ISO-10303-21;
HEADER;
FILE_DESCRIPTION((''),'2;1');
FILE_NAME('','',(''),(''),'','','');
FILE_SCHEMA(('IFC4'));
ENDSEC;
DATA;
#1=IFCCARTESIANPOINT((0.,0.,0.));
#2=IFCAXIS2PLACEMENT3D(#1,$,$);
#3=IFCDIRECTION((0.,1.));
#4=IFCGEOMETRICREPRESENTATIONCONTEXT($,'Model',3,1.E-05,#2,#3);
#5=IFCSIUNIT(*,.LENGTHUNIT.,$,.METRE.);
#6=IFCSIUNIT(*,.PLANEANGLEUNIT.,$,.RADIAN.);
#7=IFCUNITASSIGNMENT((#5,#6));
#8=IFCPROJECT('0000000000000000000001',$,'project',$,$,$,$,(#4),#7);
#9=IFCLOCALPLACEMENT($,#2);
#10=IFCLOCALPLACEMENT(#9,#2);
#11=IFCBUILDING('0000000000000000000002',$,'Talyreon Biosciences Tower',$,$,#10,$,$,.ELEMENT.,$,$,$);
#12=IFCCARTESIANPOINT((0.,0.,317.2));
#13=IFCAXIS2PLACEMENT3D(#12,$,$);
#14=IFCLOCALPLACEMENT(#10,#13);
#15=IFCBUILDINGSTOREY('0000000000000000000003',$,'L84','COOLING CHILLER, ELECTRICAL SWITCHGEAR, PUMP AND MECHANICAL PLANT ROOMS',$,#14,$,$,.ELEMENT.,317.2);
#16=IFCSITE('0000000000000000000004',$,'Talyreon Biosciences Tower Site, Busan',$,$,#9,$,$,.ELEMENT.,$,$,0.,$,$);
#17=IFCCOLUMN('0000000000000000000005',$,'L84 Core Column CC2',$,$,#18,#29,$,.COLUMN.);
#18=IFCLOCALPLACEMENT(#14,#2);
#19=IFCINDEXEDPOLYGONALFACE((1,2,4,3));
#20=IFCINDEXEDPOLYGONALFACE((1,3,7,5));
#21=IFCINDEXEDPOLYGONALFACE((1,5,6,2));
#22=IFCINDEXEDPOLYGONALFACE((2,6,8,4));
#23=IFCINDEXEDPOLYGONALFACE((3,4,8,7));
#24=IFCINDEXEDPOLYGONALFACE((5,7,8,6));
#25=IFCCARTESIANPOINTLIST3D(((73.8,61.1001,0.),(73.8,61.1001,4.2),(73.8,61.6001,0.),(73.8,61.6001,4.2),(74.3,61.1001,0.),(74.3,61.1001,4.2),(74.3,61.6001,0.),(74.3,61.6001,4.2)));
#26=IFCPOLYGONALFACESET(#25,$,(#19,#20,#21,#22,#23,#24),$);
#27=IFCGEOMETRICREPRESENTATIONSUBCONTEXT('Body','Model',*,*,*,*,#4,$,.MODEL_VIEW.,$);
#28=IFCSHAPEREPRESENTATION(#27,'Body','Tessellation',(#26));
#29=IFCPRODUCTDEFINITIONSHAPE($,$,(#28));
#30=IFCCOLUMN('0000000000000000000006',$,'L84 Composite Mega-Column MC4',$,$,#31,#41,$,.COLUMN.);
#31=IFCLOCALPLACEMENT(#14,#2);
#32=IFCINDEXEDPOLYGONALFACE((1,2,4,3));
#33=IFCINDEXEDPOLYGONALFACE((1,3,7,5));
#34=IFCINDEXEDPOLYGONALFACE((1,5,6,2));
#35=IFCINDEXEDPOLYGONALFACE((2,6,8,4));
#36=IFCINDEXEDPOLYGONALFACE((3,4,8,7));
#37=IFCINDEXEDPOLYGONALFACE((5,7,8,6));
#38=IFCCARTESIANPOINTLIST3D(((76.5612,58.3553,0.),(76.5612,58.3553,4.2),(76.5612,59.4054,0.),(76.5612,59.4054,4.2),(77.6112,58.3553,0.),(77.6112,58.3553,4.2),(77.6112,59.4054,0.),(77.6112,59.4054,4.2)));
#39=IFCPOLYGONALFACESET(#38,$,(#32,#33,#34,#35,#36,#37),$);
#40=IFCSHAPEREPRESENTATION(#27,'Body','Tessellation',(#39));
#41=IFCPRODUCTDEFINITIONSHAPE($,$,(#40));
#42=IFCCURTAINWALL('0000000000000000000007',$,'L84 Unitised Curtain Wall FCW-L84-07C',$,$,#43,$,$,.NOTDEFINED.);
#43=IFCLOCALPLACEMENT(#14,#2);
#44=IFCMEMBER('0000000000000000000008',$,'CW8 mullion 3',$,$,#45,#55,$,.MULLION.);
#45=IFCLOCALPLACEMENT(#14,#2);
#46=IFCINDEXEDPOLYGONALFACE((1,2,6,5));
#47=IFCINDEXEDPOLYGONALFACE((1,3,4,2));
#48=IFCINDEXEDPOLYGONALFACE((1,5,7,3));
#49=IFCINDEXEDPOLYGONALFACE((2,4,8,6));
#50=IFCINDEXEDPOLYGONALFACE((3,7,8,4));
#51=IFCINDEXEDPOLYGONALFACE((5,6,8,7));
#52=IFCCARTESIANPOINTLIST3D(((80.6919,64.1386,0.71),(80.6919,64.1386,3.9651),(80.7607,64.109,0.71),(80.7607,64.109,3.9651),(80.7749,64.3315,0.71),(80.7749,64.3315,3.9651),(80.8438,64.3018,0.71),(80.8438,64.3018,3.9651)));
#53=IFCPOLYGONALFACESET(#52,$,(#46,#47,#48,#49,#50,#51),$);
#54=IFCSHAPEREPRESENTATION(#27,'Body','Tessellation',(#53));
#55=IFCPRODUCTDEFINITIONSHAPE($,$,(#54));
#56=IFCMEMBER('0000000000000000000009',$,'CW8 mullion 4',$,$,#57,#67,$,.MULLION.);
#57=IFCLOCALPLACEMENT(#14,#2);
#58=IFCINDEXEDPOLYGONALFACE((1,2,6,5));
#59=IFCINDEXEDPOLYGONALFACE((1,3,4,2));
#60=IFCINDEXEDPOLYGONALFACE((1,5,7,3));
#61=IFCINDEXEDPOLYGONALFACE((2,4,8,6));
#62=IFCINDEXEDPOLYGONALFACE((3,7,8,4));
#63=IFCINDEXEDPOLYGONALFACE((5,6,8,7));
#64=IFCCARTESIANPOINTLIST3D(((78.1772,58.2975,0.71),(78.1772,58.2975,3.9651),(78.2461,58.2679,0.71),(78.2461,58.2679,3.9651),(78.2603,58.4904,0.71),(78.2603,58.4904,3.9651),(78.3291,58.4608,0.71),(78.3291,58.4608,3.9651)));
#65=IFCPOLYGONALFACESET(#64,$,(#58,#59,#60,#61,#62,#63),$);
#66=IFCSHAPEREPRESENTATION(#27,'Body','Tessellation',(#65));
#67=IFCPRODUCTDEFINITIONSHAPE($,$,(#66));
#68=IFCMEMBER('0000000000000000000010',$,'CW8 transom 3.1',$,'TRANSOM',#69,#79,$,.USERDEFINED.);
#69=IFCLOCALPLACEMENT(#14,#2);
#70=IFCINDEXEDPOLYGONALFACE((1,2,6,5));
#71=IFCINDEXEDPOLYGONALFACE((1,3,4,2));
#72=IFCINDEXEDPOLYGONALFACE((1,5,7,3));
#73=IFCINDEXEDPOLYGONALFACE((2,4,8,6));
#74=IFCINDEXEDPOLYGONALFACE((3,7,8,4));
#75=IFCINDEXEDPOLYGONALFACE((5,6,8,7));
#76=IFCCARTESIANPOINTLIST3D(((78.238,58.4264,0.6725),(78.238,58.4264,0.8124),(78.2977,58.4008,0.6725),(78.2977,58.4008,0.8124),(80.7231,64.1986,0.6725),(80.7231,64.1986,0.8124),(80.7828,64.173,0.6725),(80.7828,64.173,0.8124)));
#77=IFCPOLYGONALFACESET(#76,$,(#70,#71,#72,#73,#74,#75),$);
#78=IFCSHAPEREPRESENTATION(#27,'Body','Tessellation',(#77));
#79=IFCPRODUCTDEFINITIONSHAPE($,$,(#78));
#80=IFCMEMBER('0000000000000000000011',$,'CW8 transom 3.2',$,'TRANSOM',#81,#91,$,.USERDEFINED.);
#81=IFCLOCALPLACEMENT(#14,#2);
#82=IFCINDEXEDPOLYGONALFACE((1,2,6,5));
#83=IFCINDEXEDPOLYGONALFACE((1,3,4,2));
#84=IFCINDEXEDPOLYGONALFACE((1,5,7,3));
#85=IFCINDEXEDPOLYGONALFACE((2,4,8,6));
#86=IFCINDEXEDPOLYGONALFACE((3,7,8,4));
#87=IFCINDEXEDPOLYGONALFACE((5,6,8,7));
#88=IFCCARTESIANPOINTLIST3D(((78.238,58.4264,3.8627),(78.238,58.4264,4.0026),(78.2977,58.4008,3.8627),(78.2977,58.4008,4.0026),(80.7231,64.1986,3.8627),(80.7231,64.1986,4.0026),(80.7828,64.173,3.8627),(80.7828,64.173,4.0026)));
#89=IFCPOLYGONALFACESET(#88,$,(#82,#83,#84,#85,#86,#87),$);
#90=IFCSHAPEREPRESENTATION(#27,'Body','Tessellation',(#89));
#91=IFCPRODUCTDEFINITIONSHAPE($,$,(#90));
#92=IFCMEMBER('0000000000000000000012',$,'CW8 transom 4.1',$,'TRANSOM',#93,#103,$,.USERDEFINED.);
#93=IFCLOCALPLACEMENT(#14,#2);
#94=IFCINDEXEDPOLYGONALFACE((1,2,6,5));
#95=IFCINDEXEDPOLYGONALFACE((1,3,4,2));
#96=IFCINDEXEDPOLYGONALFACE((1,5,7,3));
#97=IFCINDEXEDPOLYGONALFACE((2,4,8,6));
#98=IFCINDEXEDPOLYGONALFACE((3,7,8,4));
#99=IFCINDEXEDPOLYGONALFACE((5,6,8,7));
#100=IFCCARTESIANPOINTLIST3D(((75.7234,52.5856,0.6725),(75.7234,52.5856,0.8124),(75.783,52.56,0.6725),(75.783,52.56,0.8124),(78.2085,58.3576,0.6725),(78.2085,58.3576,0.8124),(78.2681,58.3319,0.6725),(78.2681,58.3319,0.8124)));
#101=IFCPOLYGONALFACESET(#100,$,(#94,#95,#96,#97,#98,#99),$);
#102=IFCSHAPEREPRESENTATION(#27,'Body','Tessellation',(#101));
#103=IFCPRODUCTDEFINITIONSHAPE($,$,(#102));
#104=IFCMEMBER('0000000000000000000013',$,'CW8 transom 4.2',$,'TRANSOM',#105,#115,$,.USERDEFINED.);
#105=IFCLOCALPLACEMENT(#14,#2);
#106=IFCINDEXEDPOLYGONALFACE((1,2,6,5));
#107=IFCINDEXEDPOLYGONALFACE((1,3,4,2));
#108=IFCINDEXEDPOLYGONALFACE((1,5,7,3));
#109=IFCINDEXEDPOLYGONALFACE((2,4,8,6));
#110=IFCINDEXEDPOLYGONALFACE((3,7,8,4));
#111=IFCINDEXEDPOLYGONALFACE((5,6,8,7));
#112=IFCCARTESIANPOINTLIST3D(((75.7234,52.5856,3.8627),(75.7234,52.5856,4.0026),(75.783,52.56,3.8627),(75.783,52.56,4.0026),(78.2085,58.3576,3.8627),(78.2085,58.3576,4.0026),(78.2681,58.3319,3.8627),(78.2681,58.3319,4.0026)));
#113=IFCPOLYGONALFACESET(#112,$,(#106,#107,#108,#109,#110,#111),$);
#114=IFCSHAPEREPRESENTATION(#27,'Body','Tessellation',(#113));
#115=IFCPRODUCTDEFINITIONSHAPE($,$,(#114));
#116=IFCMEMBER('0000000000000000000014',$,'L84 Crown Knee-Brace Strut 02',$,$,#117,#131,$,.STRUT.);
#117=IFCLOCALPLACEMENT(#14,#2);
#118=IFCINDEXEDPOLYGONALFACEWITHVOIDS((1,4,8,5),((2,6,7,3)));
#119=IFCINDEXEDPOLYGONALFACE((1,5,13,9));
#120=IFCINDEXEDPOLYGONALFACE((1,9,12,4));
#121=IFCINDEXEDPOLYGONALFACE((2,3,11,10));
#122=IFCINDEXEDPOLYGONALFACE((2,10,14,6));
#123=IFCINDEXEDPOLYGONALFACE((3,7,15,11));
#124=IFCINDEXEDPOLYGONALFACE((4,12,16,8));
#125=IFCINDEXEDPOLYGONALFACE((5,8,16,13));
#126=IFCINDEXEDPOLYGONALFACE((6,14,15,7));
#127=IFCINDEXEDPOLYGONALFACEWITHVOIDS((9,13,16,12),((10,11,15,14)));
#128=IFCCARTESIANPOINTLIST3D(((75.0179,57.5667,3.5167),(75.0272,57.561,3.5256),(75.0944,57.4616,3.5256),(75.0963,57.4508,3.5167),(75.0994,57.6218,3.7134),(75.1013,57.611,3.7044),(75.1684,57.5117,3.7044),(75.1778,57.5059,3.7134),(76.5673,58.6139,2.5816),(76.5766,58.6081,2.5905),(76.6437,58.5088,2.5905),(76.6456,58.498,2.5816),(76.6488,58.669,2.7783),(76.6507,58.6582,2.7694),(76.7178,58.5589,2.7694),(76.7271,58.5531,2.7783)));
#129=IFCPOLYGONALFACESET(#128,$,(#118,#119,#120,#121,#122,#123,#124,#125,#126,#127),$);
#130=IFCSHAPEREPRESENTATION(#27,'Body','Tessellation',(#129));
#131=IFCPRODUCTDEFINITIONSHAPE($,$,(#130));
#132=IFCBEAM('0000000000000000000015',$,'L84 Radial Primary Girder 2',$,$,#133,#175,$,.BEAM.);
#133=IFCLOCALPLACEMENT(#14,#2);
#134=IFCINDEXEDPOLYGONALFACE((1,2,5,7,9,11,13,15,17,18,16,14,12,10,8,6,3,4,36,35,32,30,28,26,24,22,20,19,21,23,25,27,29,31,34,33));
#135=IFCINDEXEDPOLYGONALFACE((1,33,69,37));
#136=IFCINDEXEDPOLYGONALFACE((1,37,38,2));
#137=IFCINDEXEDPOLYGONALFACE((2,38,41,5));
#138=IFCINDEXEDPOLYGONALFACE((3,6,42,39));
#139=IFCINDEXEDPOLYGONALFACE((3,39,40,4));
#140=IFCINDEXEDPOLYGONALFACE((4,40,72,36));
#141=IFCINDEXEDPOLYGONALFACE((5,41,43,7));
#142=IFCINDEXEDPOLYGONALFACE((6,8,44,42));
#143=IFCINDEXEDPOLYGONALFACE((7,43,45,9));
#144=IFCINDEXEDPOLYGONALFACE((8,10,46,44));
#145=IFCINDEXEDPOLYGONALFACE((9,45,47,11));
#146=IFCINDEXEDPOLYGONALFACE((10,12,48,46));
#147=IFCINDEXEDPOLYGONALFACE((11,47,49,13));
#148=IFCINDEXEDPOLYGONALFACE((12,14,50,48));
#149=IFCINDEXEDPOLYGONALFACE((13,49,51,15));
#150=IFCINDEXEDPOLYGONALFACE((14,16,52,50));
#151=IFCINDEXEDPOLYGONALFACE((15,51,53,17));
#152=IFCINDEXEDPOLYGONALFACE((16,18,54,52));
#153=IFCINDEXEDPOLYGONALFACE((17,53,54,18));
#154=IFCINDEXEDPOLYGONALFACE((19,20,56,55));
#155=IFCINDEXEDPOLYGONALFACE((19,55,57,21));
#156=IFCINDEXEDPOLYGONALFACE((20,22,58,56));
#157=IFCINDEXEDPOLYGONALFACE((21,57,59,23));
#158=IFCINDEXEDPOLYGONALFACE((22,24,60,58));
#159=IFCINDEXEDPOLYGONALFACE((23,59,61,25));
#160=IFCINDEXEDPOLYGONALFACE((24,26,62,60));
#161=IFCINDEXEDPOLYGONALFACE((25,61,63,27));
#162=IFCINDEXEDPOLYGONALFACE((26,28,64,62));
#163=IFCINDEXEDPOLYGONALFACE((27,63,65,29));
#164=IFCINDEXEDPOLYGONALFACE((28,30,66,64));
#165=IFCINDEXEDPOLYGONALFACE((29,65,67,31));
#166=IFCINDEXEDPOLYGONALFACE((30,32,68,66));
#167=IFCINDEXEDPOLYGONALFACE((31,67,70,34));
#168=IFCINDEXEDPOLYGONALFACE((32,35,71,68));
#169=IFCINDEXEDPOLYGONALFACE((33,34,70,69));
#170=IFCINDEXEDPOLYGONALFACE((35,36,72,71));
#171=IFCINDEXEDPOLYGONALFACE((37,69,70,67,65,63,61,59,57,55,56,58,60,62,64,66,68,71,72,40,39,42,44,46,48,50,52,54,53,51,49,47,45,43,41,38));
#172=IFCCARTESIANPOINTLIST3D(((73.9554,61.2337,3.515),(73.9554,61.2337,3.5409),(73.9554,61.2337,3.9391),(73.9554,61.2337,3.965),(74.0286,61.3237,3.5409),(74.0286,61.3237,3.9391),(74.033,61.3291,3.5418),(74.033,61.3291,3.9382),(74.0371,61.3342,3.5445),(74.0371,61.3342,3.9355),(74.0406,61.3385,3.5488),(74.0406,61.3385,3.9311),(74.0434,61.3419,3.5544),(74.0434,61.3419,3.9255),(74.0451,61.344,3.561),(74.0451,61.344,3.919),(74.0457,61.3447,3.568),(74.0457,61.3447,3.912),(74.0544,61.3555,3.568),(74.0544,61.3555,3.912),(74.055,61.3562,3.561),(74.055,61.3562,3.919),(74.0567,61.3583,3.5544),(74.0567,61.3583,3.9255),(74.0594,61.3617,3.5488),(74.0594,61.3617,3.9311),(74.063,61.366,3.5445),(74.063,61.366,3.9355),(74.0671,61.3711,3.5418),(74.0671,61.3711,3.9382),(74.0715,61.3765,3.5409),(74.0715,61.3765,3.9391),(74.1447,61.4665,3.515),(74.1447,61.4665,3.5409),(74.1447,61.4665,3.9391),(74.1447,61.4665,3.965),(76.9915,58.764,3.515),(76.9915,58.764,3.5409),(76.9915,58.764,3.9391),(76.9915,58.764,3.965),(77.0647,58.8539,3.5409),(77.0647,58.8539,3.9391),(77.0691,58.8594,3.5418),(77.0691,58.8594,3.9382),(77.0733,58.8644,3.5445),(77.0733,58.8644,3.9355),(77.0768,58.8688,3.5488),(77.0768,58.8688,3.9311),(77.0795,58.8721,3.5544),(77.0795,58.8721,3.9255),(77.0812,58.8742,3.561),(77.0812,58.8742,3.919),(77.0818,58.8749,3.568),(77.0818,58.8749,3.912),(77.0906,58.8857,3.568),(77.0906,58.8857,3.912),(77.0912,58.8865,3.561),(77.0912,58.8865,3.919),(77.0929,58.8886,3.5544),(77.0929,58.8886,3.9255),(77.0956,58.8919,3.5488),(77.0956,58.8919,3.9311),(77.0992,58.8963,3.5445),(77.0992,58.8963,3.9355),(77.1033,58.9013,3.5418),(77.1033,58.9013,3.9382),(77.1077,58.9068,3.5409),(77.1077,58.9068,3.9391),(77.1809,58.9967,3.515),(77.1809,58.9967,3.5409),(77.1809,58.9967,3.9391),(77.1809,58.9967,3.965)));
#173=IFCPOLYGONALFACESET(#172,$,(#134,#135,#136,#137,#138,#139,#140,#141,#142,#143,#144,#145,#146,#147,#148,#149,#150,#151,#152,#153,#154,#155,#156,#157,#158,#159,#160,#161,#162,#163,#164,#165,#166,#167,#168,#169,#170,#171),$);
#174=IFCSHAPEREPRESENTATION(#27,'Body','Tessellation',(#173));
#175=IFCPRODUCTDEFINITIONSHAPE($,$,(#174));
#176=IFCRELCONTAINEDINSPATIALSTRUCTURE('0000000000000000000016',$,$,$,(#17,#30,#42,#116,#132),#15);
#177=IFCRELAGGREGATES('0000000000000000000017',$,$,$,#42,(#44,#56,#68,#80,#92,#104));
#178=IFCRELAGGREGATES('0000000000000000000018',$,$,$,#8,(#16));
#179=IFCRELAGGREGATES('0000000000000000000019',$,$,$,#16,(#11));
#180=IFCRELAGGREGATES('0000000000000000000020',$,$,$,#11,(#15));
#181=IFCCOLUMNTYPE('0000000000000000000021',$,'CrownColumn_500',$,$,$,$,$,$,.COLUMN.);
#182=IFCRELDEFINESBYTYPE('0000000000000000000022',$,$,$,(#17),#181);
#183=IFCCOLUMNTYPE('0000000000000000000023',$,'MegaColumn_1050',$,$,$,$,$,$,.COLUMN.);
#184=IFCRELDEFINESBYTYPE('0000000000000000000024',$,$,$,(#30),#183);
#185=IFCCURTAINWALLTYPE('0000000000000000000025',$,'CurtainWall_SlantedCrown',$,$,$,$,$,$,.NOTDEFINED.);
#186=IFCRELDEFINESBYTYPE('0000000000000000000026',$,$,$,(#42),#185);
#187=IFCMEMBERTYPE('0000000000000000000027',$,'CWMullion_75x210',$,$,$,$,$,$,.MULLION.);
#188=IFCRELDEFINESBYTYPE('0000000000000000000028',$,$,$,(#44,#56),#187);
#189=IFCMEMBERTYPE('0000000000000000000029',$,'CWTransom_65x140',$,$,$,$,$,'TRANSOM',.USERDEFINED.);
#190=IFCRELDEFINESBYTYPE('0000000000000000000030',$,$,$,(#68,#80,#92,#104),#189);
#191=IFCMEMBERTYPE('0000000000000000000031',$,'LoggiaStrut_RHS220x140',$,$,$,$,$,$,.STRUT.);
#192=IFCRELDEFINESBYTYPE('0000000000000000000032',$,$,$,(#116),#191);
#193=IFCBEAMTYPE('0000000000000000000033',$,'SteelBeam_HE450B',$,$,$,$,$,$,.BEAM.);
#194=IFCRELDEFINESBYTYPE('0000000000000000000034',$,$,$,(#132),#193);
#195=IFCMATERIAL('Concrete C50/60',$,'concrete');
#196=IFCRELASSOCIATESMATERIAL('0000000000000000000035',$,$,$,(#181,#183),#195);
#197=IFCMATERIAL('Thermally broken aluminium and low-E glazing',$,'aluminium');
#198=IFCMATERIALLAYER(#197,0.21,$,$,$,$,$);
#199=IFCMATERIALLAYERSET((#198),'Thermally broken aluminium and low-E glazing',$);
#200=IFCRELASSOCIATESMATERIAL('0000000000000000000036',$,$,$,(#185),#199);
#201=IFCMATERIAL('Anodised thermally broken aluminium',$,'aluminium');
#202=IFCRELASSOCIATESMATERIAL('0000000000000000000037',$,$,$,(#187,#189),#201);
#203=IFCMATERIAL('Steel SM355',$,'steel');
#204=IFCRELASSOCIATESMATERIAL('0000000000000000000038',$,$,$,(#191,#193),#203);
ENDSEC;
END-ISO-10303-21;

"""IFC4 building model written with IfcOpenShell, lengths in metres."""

from ifc_helpers import new_model, si_unit, direction, frame, origin, origin_2d, place, context, subcontext, project, spatial, rectangle, hollow_rectangle, i_section, extrude, material, layer, layer_set, material_profile, profile_set, type_object, element, aggregate, save


model = new_model("IFC4")

# Units and contexts
model_context = context("Model", 3, precision=1e-05, world=origin(), true_north=direction((0.0, 1.0)))
body_context = subcontext(model_context, "Body", "Model", "MODEL_VIEW")
ifc_project = project(units=[si_unit("LENGTHUNIT", "METRE"), si_unit("PLANEANGLEUNIT", "RADIAN")], contexts=[model_context])

# Site, building, storey
site_placement = place(None, origin())
site = spatial("IfcSite", under=ifc_project, at=site_placement, Name="Talyreon Biosciences Tower Site, Busan", CompositionType="ELEMENT", RefElevation=0.0)
building_placement = place(site_placement, origin())
building = spatial("IfcBuilding", under=site, at=building_placement, Name="Talyreon Biosciences Tower", CompositionType="ELEMENT")
storey_placement = place(building_placement, frame((0.0, 0.0, 317.2)))
storey = spatial("IfcBuildingStorey", under=building, at=storey_placement, Name="L84", Description="COOLING CHILLER, ELECTRICAL SWITCHGEAR, PUMP AND MECHANICAL PLANT ROOMS", CompositionType="ELEMENT", Elevation=317.2)

# Columns
ifc_material_1 = material(Name="Concrete C50/60", Category="concrete")
ifc_material_profile_1 = material_profile(ifc_material_1, rectangle(XDim=0.5, YDim=0.5, at=origin_2d()), Name="RC 500x500")
ifc_profile_set_1 = profile_set([ifc_material_profile_1], Name="Concrete C50/60")
column_type_1 = type_object("IfcColumnType", Name="CrownColumn_500", PredefinedType="COLUMN", material=ifc_profile_set_1)
column_1_placement = place(storey_placement, frame((74.05, 61.3501, 0.0), z_axis=(0.0, 0.0, 1.0), x_axis=(1.0, 0.0, 0.0)))
element("IfcColumn", 1, at=column_1_placement, inside=storey, type_object=column_type_1, Name="L84 Core Column CC2", PredefinedType="COLUMN", context=body_context, shape_type="SweptSolid", body=[
    extrude(rectangle(XDim=0.5, YDim=0.5, at=origin_2d()), origin(), (0.0, 0.0, 1.0), 4.2),
])
ifc_material_profile_2 = material_profile(ifc_material_1, rectangle(XDim=1.05, YDim=1.05, at=origin_2d()), Name="RC 1050x1050")
ifc_profile_set_2 = profile_set([ifc_material_profile_2], Name="Concrete C50/60")
column_type_2 = type_object("IfcColumnType", Name="MegaColumn_1050", PredefinedType="COLUMN", material=ifc_profile_set_2)
column_2_placement = place(storey_placement, frame((77.0862, 58.8804, 0.0), z_axis=(0.0, 0.0, 1.0), x_axis=(1.0, 0.0, 0.0)))
element("IfcColumn", 2, at=column_2_placement, inside=storey, type_object=column_type_2, Name="L84 Composite Mega-Column MC4", PredefinedType="COLUMN", context=body_context, shape_type="SweptSolid", body=[
    extrude(rectangle(XDim=1.05, YDim=1.05, at=origin_2d()), origin(), (0.0, 0.0, 1.0), 4.2),
])

# Curtain wall, members
ifc_material_2 = material(Name="Thermally broken aluminium and low-E glazing", Category="aluminium")
ifc_layer_1 = layer(ifc_material_2, 0.21)
ifc_layer_set_1 = layer_set([ifc_layer_1], Name="Thermally broken aluminium and low-E glazing")
curtain_wall_type = type_object("IfcCurtainWallType", Name="CurtainWall_SlantedCrown", PredefinedType="NOTDEFINED", material=ifc_layer_set_1)
curtain_wall_placement = place(storey_placement, origin())
curtain_wall = element("IfcCurtainWall", 3, at=curtain_wall_placement, inside=storey, type_object=curtain_wall_type, Name="L84 Unitised Curtain Wall FCW-L84-07C", PredefinedType="NOTDEFINED")
ifc_material_3 = material(Name="Anodised thermally broken aluminium", Category="aluminium")
ifc_material_profile_3 = material_profile(ifc_material_3, rectangle(XDim=0.075, YDim=0.21, at=origin_2d()), Name="ALUM MULLION 75x210")
ifc_profile_set_3 = profile_set([ifc_material_profile_3], Name="Anodised thermally broken aluminium")
member_type_1 = type_object("IfcMemberType", Name="CWMullion_75x210", PredefinedType="MULLION", material=ifc_profile_set_3)
member_1_placement = place(storey_placement, frame((80.7678, 64.2202, 0.71), z_axis=(0.0, 0.0, 1.0), x_axis=(0.918487, -0.395451, 0.0)))
member_1 = element("IfcMember", 4, at=member_1_placement, type_object=member_type_1, Name="CW8 mullion 3", PredefinedType="MULLION", context=body_context, shape_type="SweptSolid", body=[
    extrude(rectangle(XDim=0.075, YDim=0.21, at=origin_2d()), origin(), (0.0, 0.0, 1.0), 3.2551),
])
member_2_placement = place(storey_placement, frame((78.2532, 58.3792, 0.71), z_axis=(0.0, 0.0, 1.0), x_axis=(0.918487, -0.395451, 0.0)))
member_2 = element("IfcMember", 5, at=member_2_placement, type_object=member_type_1, Name="CW8 mullion 4", PredefinedType="MULLION", context=body_context, shape_type="SweptSolid", body=[
    extrude(rectangle(XDim=0.075, YDim=0.21, at=origin_2d()), origin(), (0.0, 0.0, 1.0), 3.2551),
])
ifc_material_profile_4 = material_profile(ifc_material_3, rectangle(XDim=0.0649, YDim=0.1399, at=origin_2d()), Name="ALUM TRANSOM 65x140")
ifc_profile_set_4 = profile_set([ifc_material_profile_4], Name="Anodised thermally broken aluminium")
member_type_2 = type_object("IfcMemberType", Name="CWTransom_65x140", ElementType="TRANSOM", PredefinedType="USERDEFINED", material=ifc_profile_set_4)
member_3_placement = place(storey_placement, frame((80.7529, 64.1858, 0.7424), z_axis=(-0.395438, -0.918493, 0.0), x_axis=(0.918493, -0.395438, 0.0)))
member_3 = element("IfcMember", 6, at=member_3_placement, type_object=member_type_2, Name="CW8 transom 3.1", ObjectType="TRANSOM", PredefinedType="USERDEFINED", context=body_context, shape_type="SweptSolid", body=[
    extrude(rectangle(XDim=0.0649, YDim=0.1399, at=origin_2d()), origin(), (0.0, 0.0, 1.0), 6.2844),
])
member_4_placement = place(storey_placement, frame((80.7529, 64.1858, 3.9326), z_axis=(-0.395438, -0.918493, 0.0), x_axis=(0.918493, -0.395438, 0.0)))
member_4 = element("IfcMember", 7, at=member_4_placement, type_object=member_type_2, Name="CW8 transom 3.2", ObjectType="TRANSOM", PredefinedType="USERDEFINED", context=body_context, shape_type="SweptSolid", body=[
    extrude(rectangle(XDim=0.0649, YDim=0.1399, at=origin_2d()), origin(), (0.0, 0.0, 1.0), 6.2844),
])
member_5_placement = place(storey_placement, frame((78.2383, 58.3447, 0.7424), z_axis=(-0.395452, -0.918487, 0.0), x_axis=(0.918487, -0.395452, 0.0)))
member_5 = element("IfcMember", 8, at=member_5_placement, type_object=member_type_2, Name="CW8 transom 4.1", ObjectType="TRANSOM", PredefinedType="USERDEFINED", context=body_context, shape_type="SweptSolid", body=[
    extrude(rectangle(XDim=0.0649, YDim=0.1399, at=origin_2d()), origin(), (0.0, 0.0, 1.0), 6.2842),
])
member_6_placement = place(storey_placement, frame((78.2383, 58.3447, 3.9326), z_axis=(-0.395452, -0.918487, 0.0), x_axis=(0.918487, -0.395452, 0.0)))
member_6 = element("IfcMember", 9, at=member_6_placement, type_object=member_type_2, Name="CW8 transom 4.2", ObjectType="TRANSOM", PredefinedType="USERDEFINED", context=body_context, shape_type="SweptSolid", body=[
    extrude(rectangle(XDim=0.0649, YDim=0.1399, at=origin_2d()), origin(), (0.0, 0.0, 1.0), 6.2842),
])

# Member
ifc_material_4 = material(Name="Steel SM355", Category="steel")
ifc_material_profile_5 = material_profile(ifc_material_4, hollow_rectangle(XDim=0.1399, YDim=0.22, WallThickness=0.01, at=origin_2d()), Name="RHS 220x140x10")
ifc_profile_set_5 = profile_set([ifc_material_profile_5], Name="Steel SM355")
member_type_3 = type_object("IfcMemberType", Name="LoggiaStrut_RHS220x140", PredefinedType="STRUT", material=ifc_profile_set_5)
member_7_placement = place(storey_placement, frame((76.6472, 58.5835, 2.6799), z_axis=(-0.741039, -0.500838, 0.447239), x_axis=(0.559962, -0.828519, 0.0)))
element("IfcMember", 10, at=member_7_placement, inside=storey, type_object=member_type_3, Name="L84 Crown Knee-Brace Strut 02", PredefinedType="STRUT", context=body_context, shape_type="SweptSolid", body=[
    extrude(hollow_rectangle(XDim=0.1399, YDim=0.22, WallThickness=0.01, at=origin_2d()), origin(), (0.0, 0.0, 1.0), 2.0908),
])

# Beam
ifc_material_profile_6 = material_profile(ifc_material_4, i_section(OverallWidth=0.3, OverallDepth=0.45, WebThickness=0.0139, FlangeThickness=0.0259, FilletRadius=0.0271, at=origin_2d()), Name="HE450B")
ifc_profile_set_6 = profile_set([ifc_material_profile_6], Name="Steel SM355")
beam_type = type_object("IfcBeamType", Name="SteelBeam_HE450B", PredefinedType="BEAM", material=ifc_profile_set_6)
beam_placement = place(storey_placement, frame((74.05, 61.3501, 3.74), z_axis=(0.775755, -0.631034, 0.0), x_axis=(0.631034, 0.775755, 0.0)))
element("IfcBeam", 11, at=beam_placement, inside=storey, type_object=beam_type, Name="L84 Radial Primary Girder 2", PredefinedType="BEAM", context=body_context, shape_type="SweptSolid", body=[
    extrude(i_section(OverallWidth=0.3, OverallDepth=0.45, WebThickness=0.0139, FlangeThickness=0.0259, FilletRadius=0.0271, at=origin_2d()), origin(), (0.0, 0.0, 1.0), 3.9138),
])

aggregate(curtain_wall, [member_1, member_2, member_3, member_4, member_5, member_6])

save(model, "model.ifc")
